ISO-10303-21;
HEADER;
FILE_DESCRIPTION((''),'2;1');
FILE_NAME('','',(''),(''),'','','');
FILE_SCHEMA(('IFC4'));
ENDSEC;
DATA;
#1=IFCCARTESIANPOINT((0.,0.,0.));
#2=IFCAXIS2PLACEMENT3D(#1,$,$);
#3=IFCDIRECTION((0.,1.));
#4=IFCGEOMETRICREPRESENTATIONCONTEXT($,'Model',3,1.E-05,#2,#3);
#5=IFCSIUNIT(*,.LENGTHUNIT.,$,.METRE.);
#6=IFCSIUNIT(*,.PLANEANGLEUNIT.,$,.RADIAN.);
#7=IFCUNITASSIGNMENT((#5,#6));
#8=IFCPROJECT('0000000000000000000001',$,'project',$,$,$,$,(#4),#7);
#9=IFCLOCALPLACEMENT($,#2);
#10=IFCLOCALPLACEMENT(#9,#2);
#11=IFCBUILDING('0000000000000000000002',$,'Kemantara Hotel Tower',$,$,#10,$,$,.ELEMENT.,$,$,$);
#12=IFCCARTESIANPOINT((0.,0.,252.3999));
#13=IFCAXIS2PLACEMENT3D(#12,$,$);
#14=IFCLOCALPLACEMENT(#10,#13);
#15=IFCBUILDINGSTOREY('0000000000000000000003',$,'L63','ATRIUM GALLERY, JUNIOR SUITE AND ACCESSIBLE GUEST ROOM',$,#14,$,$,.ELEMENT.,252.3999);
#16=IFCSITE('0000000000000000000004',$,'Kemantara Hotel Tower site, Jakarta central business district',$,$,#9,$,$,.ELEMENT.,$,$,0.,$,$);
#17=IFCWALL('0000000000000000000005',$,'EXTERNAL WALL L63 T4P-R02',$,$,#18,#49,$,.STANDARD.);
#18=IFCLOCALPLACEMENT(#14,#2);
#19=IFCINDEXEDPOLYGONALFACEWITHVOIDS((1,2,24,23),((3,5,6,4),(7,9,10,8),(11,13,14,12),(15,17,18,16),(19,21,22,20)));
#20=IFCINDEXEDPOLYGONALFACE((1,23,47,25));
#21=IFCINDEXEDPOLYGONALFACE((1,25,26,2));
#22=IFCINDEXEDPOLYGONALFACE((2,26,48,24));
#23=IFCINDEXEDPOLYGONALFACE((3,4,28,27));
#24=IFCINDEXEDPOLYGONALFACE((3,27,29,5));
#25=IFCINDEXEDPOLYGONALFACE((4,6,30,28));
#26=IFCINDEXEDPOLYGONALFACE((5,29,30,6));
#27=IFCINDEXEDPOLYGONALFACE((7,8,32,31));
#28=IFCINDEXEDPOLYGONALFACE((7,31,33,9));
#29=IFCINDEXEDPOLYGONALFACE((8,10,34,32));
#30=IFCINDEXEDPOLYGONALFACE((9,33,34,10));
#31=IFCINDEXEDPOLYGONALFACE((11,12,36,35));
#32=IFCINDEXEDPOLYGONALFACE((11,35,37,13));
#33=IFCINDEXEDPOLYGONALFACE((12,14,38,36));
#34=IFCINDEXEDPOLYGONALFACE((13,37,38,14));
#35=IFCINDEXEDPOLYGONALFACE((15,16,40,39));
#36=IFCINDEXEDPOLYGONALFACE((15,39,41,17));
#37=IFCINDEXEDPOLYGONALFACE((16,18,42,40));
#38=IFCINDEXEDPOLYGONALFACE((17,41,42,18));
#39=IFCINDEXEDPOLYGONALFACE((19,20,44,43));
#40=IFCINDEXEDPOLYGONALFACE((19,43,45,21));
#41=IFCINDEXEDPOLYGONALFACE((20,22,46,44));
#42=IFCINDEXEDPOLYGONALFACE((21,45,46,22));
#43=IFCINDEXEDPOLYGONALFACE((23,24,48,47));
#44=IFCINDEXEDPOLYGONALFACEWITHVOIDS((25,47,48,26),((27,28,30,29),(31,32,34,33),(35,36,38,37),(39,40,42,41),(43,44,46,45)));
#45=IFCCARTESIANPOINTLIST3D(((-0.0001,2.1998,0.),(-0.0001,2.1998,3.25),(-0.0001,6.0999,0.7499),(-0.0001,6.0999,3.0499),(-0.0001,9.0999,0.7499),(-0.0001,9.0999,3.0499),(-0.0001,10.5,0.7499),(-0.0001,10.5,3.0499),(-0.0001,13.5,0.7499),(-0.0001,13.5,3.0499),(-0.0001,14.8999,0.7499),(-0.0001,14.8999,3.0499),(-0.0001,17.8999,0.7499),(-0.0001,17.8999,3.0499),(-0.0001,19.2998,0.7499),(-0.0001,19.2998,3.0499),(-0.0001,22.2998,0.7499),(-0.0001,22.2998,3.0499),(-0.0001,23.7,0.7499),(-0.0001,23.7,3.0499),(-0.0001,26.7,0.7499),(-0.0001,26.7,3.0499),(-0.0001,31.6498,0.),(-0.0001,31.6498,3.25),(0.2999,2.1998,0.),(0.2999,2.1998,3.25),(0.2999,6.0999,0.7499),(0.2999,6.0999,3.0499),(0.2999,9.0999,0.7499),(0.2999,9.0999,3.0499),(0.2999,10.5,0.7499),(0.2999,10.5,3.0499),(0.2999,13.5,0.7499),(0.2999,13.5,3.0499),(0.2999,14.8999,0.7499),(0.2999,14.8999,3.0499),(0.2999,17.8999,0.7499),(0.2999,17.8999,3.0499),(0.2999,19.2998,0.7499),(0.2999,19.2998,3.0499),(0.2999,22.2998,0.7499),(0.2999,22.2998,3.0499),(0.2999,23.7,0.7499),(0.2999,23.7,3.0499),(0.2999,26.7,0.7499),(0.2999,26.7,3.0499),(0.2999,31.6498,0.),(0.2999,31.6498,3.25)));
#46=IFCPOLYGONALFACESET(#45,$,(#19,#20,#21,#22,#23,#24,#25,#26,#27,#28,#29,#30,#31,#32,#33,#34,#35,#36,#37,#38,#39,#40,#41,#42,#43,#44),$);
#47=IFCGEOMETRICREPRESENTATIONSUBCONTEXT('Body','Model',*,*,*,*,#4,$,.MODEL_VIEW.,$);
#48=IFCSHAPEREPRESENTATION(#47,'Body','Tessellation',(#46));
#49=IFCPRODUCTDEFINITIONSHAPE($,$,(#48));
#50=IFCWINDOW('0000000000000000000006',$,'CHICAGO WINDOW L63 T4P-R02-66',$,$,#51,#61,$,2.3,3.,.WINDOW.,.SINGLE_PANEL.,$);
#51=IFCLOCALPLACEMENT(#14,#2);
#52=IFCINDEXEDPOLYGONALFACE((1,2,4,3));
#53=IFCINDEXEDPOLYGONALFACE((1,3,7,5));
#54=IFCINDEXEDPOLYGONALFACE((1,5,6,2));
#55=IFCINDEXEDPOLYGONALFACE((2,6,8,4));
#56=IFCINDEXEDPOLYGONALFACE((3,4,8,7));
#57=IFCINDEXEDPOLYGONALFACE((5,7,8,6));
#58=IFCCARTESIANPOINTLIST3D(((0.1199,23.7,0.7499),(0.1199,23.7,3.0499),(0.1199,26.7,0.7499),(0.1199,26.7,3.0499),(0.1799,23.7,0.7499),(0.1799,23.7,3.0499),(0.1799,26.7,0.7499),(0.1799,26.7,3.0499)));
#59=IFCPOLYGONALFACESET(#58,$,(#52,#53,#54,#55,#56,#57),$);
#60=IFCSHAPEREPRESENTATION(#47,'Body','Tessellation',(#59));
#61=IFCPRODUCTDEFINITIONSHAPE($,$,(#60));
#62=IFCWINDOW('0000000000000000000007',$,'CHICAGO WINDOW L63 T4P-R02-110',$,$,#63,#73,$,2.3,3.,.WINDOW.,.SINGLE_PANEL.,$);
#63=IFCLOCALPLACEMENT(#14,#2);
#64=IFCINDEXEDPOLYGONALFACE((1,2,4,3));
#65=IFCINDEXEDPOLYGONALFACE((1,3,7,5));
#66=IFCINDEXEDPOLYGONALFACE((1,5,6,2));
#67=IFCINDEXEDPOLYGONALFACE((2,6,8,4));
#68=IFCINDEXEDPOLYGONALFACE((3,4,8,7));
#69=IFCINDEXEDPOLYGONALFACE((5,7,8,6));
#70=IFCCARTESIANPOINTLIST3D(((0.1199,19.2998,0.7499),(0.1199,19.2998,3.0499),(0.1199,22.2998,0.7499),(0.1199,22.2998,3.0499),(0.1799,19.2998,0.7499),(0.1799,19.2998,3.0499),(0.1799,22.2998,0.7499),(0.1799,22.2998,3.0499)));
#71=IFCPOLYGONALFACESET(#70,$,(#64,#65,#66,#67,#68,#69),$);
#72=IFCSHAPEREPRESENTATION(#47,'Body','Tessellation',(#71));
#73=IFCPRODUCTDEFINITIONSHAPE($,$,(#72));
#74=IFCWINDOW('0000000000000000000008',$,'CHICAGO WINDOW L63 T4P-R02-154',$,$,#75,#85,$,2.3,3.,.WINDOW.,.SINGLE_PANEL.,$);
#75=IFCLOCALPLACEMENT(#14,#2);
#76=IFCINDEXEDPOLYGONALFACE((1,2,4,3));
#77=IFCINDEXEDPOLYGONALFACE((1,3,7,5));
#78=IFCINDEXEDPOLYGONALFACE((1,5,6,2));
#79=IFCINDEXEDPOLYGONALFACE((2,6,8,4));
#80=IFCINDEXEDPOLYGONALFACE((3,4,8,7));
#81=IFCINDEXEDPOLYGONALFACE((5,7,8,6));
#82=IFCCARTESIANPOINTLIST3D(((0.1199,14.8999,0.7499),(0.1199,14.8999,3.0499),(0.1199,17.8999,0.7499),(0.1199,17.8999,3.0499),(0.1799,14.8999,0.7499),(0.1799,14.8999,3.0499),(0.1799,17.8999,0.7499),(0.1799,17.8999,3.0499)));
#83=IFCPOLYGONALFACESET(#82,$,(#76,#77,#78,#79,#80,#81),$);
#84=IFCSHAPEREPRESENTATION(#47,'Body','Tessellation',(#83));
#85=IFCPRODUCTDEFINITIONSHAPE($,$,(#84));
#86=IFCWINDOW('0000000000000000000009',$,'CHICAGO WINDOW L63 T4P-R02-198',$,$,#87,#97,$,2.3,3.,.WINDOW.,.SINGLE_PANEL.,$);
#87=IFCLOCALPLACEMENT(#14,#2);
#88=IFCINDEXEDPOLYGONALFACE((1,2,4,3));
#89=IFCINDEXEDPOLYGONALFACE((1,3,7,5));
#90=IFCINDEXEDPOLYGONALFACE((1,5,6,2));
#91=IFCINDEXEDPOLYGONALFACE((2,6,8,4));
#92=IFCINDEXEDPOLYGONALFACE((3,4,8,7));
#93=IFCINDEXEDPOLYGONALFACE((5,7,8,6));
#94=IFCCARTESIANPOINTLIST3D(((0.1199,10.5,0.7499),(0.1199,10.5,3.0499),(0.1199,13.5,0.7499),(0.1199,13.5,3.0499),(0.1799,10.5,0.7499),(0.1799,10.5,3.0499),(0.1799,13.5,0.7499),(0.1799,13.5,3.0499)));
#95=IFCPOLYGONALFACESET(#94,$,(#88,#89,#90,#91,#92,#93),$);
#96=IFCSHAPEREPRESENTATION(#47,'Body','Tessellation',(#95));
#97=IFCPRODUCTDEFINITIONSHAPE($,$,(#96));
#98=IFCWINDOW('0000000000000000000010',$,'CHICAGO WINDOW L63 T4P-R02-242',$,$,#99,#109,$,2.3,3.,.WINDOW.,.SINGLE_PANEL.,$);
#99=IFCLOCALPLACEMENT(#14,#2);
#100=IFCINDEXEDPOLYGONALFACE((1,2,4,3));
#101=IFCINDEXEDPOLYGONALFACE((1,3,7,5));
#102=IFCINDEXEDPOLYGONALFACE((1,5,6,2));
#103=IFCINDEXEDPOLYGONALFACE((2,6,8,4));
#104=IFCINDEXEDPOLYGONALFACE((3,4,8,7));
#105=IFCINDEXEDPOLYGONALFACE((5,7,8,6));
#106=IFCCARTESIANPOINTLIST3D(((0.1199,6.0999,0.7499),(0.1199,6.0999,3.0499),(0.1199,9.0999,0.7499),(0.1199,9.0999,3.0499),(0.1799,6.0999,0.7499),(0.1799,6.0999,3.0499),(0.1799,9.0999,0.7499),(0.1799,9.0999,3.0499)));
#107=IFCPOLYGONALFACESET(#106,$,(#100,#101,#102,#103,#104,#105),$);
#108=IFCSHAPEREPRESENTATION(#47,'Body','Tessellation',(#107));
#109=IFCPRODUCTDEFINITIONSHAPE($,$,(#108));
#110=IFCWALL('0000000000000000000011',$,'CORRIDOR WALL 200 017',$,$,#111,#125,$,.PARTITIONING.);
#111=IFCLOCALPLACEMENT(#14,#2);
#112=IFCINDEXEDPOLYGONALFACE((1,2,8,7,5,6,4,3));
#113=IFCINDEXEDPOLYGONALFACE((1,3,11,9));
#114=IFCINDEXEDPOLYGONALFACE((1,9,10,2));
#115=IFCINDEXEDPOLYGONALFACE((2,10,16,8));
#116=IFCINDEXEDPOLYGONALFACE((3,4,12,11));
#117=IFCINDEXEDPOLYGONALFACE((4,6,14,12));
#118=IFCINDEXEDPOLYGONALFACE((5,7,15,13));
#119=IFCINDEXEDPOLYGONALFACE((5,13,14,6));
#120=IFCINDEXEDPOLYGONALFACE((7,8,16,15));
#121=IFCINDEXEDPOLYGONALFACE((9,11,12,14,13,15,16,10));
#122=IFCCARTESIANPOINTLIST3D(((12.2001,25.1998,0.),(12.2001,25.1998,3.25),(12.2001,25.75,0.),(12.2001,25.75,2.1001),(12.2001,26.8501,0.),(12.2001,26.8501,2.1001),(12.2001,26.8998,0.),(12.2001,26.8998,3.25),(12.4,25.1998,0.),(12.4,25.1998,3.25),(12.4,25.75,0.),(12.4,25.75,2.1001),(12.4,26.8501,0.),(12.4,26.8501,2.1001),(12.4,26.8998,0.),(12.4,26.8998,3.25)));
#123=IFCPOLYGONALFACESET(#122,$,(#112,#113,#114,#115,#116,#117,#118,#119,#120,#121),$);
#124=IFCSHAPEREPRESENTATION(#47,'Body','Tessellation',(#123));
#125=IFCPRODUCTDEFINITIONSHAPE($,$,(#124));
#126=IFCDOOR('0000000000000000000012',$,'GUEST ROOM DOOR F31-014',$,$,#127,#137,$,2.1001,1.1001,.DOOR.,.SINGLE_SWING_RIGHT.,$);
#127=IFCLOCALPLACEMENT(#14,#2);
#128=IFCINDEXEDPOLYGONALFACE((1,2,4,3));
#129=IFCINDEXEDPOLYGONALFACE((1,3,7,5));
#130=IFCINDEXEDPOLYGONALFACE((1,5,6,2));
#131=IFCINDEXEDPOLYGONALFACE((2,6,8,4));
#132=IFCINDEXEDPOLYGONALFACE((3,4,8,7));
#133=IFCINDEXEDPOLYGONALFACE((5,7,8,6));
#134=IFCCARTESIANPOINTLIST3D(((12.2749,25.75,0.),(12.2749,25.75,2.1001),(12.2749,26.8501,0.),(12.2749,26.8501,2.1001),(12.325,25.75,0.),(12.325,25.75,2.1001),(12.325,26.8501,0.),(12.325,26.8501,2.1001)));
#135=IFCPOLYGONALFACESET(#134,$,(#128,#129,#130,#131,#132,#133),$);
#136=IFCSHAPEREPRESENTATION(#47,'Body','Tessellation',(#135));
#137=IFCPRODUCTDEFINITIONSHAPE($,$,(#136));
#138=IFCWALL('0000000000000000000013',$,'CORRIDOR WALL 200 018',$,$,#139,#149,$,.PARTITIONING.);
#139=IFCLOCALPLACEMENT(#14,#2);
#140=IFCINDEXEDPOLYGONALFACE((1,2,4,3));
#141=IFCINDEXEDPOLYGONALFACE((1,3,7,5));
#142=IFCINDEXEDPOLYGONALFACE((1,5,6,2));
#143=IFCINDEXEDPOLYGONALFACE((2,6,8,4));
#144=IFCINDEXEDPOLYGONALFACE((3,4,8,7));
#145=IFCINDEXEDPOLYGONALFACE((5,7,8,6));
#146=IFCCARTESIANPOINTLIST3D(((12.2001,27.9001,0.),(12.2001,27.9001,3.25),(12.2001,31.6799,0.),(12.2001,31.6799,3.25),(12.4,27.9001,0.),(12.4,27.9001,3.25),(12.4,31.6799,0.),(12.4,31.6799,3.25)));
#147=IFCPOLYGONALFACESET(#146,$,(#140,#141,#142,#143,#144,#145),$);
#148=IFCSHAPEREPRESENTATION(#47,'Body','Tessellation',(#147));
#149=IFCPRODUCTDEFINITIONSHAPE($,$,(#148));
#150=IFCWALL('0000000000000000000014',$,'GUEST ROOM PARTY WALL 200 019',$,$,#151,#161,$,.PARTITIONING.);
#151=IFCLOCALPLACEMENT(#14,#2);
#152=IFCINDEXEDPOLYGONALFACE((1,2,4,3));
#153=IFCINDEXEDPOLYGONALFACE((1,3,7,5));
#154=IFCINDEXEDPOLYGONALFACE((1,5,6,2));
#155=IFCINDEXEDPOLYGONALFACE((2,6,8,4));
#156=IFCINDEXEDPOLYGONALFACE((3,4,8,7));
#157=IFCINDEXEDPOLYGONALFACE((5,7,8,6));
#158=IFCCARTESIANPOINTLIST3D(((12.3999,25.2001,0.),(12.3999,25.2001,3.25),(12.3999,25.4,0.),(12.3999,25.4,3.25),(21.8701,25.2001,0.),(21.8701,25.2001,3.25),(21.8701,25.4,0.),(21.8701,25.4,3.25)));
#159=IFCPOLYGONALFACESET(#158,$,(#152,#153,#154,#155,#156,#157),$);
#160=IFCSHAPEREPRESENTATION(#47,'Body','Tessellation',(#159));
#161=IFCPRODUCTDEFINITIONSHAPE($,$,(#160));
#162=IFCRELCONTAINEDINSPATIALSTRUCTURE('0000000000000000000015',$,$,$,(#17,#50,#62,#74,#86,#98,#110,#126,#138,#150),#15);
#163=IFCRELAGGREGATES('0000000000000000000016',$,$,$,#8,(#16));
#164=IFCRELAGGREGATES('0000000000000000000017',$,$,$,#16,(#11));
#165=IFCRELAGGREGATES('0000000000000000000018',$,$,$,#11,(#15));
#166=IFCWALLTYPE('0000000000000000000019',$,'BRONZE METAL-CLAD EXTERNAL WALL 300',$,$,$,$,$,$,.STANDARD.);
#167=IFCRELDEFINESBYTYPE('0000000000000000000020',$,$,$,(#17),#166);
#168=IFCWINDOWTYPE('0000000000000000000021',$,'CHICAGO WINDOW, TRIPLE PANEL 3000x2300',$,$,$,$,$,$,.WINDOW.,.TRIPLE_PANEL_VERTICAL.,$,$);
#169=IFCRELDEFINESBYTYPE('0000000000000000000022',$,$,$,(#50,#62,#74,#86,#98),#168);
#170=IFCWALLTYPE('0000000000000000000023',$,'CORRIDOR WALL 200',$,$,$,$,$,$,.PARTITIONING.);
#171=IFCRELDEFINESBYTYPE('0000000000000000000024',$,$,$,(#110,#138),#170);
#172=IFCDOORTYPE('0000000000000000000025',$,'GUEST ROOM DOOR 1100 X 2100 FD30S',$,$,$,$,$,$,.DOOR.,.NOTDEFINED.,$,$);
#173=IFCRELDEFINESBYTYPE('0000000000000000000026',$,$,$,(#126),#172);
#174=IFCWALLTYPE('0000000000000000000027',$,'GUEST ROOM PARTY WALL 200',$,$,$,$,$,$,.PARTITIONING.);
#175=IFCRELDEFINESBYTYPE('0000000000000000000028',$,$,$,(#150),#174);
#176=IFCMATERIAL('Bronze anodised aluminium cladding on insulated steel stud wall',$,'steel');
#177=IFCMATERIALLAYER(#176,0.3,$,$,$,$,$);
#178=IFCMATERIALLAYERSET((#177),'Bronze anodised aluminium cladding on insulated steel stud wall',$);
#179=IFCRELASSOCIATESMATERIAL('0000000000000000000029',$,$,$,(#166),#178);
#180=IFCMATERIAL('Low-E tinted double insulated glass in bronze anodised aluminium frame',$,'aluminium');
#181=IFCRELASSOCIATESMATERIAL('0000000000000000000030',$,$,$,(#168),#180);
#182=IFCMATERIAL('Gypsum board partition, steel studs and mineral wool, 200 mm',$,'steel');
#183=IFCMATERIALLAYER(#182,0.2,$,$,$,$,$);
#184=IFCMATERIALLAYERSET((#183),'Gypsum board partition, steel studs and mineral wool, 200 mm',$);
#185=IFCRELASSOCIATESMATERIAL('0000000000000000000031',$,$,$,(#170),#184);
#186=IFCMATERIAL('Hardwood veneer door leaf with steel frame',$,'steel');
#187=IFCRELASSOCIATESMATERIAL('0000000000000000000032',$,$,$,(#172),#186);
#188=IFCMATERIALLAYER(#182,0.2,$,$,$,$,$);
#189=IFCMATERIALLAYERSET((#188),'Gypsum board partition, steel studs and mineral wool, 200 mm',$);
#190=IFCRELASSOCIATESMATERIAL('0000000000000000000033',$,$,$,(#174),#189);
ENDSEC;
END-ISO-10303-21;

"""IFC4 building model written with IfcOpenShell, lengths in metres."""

from ifc_helpers import new_model, si_unit, direction, frame, frame_2d, origin, place, context, subcontext, project, spatial, rectangle, extrude, material, layer, layer_set, type_object, element, fill, save


model = new_model("IFC4")

# Units and contexts
model_context = context("Model", 3, precision=1e-05, world=origin(), true_north=direction((0.0, 1.0)))
body_context = subcontext(model_context, "Body", "Model", "MODEL_VIEW")
ifc_project = project(units=[si_unit("LENGTHUNIT", "METRE"), si_unit("PLANEANGLEUNIT", "RADIAN")], contexts=[model_context])

# Site, building, storey
site_placement = place(None, origin())
site = spatial("IfcSite", under=ifc_project, at=site_placement, Name="Kemantara Hotel Tower site, Jakarta central business district", CompositionType="ELEMENT", RefElevation=0.0)
building_placement = place(site_placement, origin())
building = spatial("IfcBuilding", under=site, at=building_placement, Name="Kemantara Hotel Tower", CompositionType="ELEMENT")
storey_placement = place(building_placement, frame((0.0, 0.0, 252.3999)))
storey = spatial("IfcBuildingStorey", under=building, at=storey_placement, Name="L63", Description="ATRIUM GALLERY, JUNIOR SUITE AND ACCESSIBLE GUEST ROOM", CompositionType="ELEMENT", Elevation=252.3999)

# Wall, openings, windows
ifc_material_1 = material(Name="Bronze anodised aluminium cladding on insulated steel stud wall", Category="steel")
ifc_layer_1 = layer(ifc_material_1, 0.3)
ifc_layer_set_1 = layer_set([ifc_layer_1], Name="Bronze anodised aluminium cladding on insulated steel stud wall")
wall_type_1 = type_object("IfcWallType", Name="BRONZE METAL-CLAD EXTERNAL WALL 300", PredefinedType="STANDARD", material=ifc_layer_set_1)
wall_1_placement = place(storey_placement, frame((0.1499, 31.6499, 0.0), z_axis=(0.0, 0.0, 1.0), x_axis=(0.0, -1.0, 0.0)))
wall_1 = element("IfcWall", 1, at=wall_1_placement, inside=storey, type_object=wall_type_1, Name="EXTERNAL WALL L63 T4P-R02", PredefinedType="STANDARD", context=body_context, shape_type="SweptSolid", body=[
    extrude(rectangle(XDim=29.45, YDim=0.3, at=frame_2d((14.7251, 0.0))), origin(), (0.0, 0.0, 1.0), 3.25),
])
opening_1_placement = place(wall_1_placement, frame((4.95, 0.0, 0.75)))
opening_1 = element("IfcOpeningElement", 2, at=opening_1_placement, cuts=wall_1, PredefinedType="OPENING", context=body_context, shape_type="SweptSolid", body=[
    extrude(rectangle(XDim=3.0, YDim=2.3, at=frame_2d((1.5, 1.1499))), frame((0.0, 0.1599, 0.0), z_axis=(0.0, -1.0, 0.0), x_axis=(1.0, 0.0, 0.0)), (0.0, 0.0, 1.0), 0.3201),
])
opening_2_placement = place(wall_1_placement, frame((9.3501, 0.0, 0.75)))
opening_2 = element("IfcOpeningElement", 3, at=opening_2_placement, cuts=wall_1, PredefinedType="OPENING", context=body_context, shape_type="SweptSolid", body=[
    extrude(rectangle(XDim=3.0, YDim=2.3, at=frame_2d((1.5, 1.1499))), frame((0.0, 0.1599, 0.0), z_axis=(0.0, -1.0, 0.0), x_axis=(1.0, 0.0, 0.0)), (0.0, 0.0, 1.0), 0.3201),
])
opening_3_placement = place(wall_1_placement, frame((13.75, 0.0, 0.75)))
opening_3 = element("IfcOpeningElement", 4, at=opening_3_placement, cuts=wall_1, PredefinedType="OPENING", context=body_context, shape_type="SweptSolid", body=[
    extrude(rectangle(XDim=3.0, YDim=2.3, at=frame_2d((1.5, 1.1499))), frame((0.0, 0.1599, 0.0), z_axis=(0.0, -1.0, 0.0), x_axis=(1.0, 0.0, 0.0)), (0.0, 0.0, 1.0), 0.3201),
])
opening_4_placement = place(wall_1_placement, frame((18.1499, 0.0, 0.75)))
opening_4 = element("IfcOpeningElement", 5, at=opening_4_placement, cuts=wall_1, PredefinedType="OPENING", context=body_context, shape_type="SweptSolid", body=[
    extrude(rectangle(XDim=3.0, YDim=2.3, at=frame_2d((1.5, 1.1499))), frame((0.0, 0.1599, 0.0), z_axis=(0.0, -1.0, 0.0), x_axis=(1.0, 0.0, 0.0)), (0.0, 0.0, 1.0), 0.3201),
])
opening_5_placement = place(wall_1_placement, frame((22.55, 0.0, 0.75)))
opening_5 = element("IfcOpeningElement", 6, at=opening_5_placement, cuts=wall_1, PredefinedType="OPENING", context=body_context, shape_type="SweptSolid", body=[
    extrude(rectangle(XDim=3.0, YDim=2.3, at=frame_2d((1.5, 1.1499))), frame((0.0, 0.1599, 0.0), z_axis=(0.0, -1.0, 0.0), x_axis=(1.0, 0.0, 0.0)), (0.0, 0.0, 1.0), 0.3201),
])
ifc_material_2 = material(Name="Low-E tinted double insulated glass in bronze anodised aluminium frame", Category="aluminium")
window_type = type_object("IfcWindowType", Name="CHICAGO WINDOW, TRIPLE PANEL 3000x2300", PartitioningType="TRIPLE_PANEL_VERTICAL", PredefinedType="WINDOW", material=ifc_material_2)
window_1_placement = place(opening_1_placement, origin())
window_1 = element("IfcWindow", 7, at=window_1_placement, inside=storey, type_object=window_type, Name="CHICAGO WINDOW L63 T4P-R02-66", OverallHeight=2.3, OverallWidth=3.0, PartitioningType="SINGLE_PANEL", PredefinedType="WINDOW", context=body_context, shape_type="SweptSolid", body=[
    extrude(rectangle(XDim=3.0, YDim=2.3, at=frame_2d((1.5, 1.1499))), frame((0.0, 0.03, 0.0), z_axis=(0.0, -1.0, 0.0), x_axis=(1.0, 0.0, 0.0)), (0.0, 0.0, 1.0), 0.0601),
])
fill(opening_1, window_1)
window_2_placement = place(opening_2_placement, origin())
window_2 = element("IfcWindow", 8, at=window_2_placement, inside=storey, type_object=window_type, Name="CHICAGO WINDOW L63 T4P-R02-110", OverallHeight=2.3, OverallWidth=3.0, PartitioningType="SINGLE_PANEL", PredefinedType="WINDOW", context=body_context, shape_type="SweptSolid", body=[
    extrude(rectangle(XDim=3.0, YDim=2.3, at=frame_2d((1.5, 1.1499))), frame((0.0, 0.03, 0.0), z_axis=(0.0, -1.0, 0.0), x_axis=(1.0, 0.0, 0.0)), (0.0, 0.0, 1.0), 0.0601),
])
fill(opening_2, window_2)
window_3_placement = place(opening_3_placement, origin())
window_3 = element("IfcWindow", 9, at=window_3_placement, inside=storey, type_object=window_type, Name="CHICAGO WINDOW L63 T4P-R02-154", OverallHeight=2.3, OverallWidth=3.0, PartitioningType="SINGLE_PANEL", PredefinedType="WINDOW", context=body_context, shape_type="SweptSolid", body=[
    extrude(rectangle(XDim=3.0, YDim=2.3, at=frame_2d((1.5, 1.1499))), frame((0.0, 0.03, 0.0), z_axis=(0.0, -1.0, 0.0), x_axis=(1.0, 0.0, 0.0)), (0.0, 0.0, 1.0), 0.0601),
])
fill(opening_3, window_3)
window_4_placement = place(opening_4_placement, origin())
window_4 = element("IfcWindow", 10, at=window_4_placement, inside=storey, type_object=window_type, Name="CHICAGO WINDOW L63 T4P-R02-198", OverallHeight=2.3, OverallWidth=3.0, PartitioningType="SINGLE_PANEL", PredefinedType="WINDOW", context=body_context, shape_type="SweptSolid", body=[
    extrude(rectangle(XDim=3.0, YDim=2.3, at=frame_2d((1.5, 1.1499))), frame((0.0, 0.03, 0.0), z_axis=(0.0, -1.0, 0.0), x_axis=(1.0, 0.0, 0.0)), (0.0, 0.0, 1.0), 0.0601),
])
fill(opening_4, window_4)
window_5_placement = place(opening_5_placement, origin())
window_5 = element("IfcWindow", 11, at=window_5_placement, inside=storey, type_object=window_type, Name="CHICAGO WINDOW L63 T4P-R02-242", OverallHeight=2.3, OverallWidth=3.0, PartitioningType="SINGLE_PANEL", PredefinedType="WINDOW", context=body_context, shape_type="SweptSolid", body=[
    extrude(rectangle(XDim=3.0, YDim=2.3, at=frame_2d((1.5, 1.1499))), frame((0.0, 0.03, 0.0), z_axis=(0.0, -1.0, 0.0), x_axis=(1.0, 0.0, 0.0)), (0.0, 0.0, 1.0), 0.0601),
])
fill(opening_5, window_5)

# Wall, opening, door
ifc_material_3 = material(Name="Gypsum board partition, steel studs and mineral wool, 200 mm", Category="steel")
ifc_layer_2 = layer(ifc_material_3, 0.2)
ifc_layer_set_2 = layer_set([ifc_layer_2], Name="Gypsum board partition, steel studs and mineral wool, 200 mm")
wall_type_2 = type_object("IfcWallType", Name="CORRIDOR WALL 200", PredefinedType="PARTITIONING", material=ifc_layer_set_2)
wall_2_placement = place(storey_placement, frame((12.3, 26.8999, 0.0), z_axis=(0.0, 0.0, 1.0), x_axis=(0.0, -1.0, 0.0)))
wall_2 = element("IfcWall", 12, at=wall_2_placement, inside=storey, type_object=wall_type_2, Name="CORRIDOR WALL 200 017", PredefinedType="PARTITIONING", context=body_context, shape_type="SweptSolid", body=[
    extrude(rectangle(XDim=1.7, YDim=0.2, at=frame_2d((0.8501, 0.0))), origin(), (0.0, 0.0, 1.0), 3.25),
])
opening_6_placement = place(wall_2_placement, frame((0.0498, 0.0, 0.0)))
opening_6 = element("IfcOpeningElement", 13, at=opening_6_placement, cuts=wall_2, PredefinedType="OPENING", context=body_context, shape_type="SweptSolid", body=[
    extrude(rectangle(XDim=1.1001, YDim=2.1001, at=frame_2d((0.55, 1.05))), frame((0.0, 0.1099, 0.0), z_axis=(0.0, -1.0, 0.0), x_axis=(1.0, 0.0, 0.0)), (0.0, 0.0, 1.0), 0.22),
])
ifc_material_4 = material(Name="Hardwood veneer door leaf with steel frame", Category="steel")
door_type_1 = type_object("IfcDoorType", Name="GUEST ROOM DOOR 1100 X 2100 FD30S", OperationType="NOTDEFINED", PredefinedType="DOOR", material=ifc_material_4)
door_1_placement = place(opening_6_placement, origin())
door_1 = element("IfcDoor", 14, at=door_1_placement, inside=storey, type_object=door_type_1, Name="GUEST ROOM DOOR F31-014", OperationType="SINGLE_SWING_RIGHT", OverallHeight=2.1001, OverallWidth=1.1001, PredefinedType="DOOR", context=body_context, shape_type="SweptSolid", body=[
    extrude(rectangle(XDim=1.1001, YDim=2.1001, at=frame_2d((0.55, 1.05))), frame((0.0, 0.0249, 0.0), z_axis=(0.0, -1.0, 0.0), x_axis=(1.0, 0.0, 0.0)), (0.0, 0.0, 1.0), 0.05),
])
fill(opening_6, door_1)

# Walls
wall_3_placement = place(storey_placement, frame((12.3, 27.9001, 0.0), z_axis=(0.0, 0.0, 1.0), x_axis=(0.0, 1.0, 0.0)))
element("IfcWall", 15, at=wall_3_placement, inside=storey, type_object=wall_type_2, Name="CORRIDOR WALL 200 018", PredefinedType="PARTITIONING", context=body_context, shape_type="SweptSolid", body=[
    extrude(rectangle(XDim=3.7798, YDim=0.2, at=frame_2d((1.8899, 0.0))), origin(), (0.0, 0.0, 1.0), 3.25),
])
ifc_layer_3 = layer(ifc_material_3, 0.2)
ifc_layer_set_3 = layer_set([ifc_layer_3], Name="Gypsum board partition, steel studs and mineral wool, 200 mm")
wall_type_3 = type_object("IfcWallType", Name="GUEST ROOM PARTY WALL 200", PredefinedType="PARTITIONING", material=ifc_layer_set_3)
wall_4_placement = place(storey_placement, frame((12.3999, 25.3, 0.0), z_axis=(0.0, 0.0, 1.0), x_axis=(1.0, 0.0, 0.0)))
element("IfcWall", 16, at=wall_4_placement, inside=storey, type_object=wall_type_3, Name="GUEST ROOM PARTY WALL 200 019", PredefinedType="PARTITIONING", context=body_context, shape_type="SweptSolid", body=[
    extrude(rectangle(XDim=9.4702, YDim=0.2, at=frame_2d((4.7351, 0.0))), origin(), (0.0, 0.0, 1.0), 3.25),
])

save(model, "model.ifc")
